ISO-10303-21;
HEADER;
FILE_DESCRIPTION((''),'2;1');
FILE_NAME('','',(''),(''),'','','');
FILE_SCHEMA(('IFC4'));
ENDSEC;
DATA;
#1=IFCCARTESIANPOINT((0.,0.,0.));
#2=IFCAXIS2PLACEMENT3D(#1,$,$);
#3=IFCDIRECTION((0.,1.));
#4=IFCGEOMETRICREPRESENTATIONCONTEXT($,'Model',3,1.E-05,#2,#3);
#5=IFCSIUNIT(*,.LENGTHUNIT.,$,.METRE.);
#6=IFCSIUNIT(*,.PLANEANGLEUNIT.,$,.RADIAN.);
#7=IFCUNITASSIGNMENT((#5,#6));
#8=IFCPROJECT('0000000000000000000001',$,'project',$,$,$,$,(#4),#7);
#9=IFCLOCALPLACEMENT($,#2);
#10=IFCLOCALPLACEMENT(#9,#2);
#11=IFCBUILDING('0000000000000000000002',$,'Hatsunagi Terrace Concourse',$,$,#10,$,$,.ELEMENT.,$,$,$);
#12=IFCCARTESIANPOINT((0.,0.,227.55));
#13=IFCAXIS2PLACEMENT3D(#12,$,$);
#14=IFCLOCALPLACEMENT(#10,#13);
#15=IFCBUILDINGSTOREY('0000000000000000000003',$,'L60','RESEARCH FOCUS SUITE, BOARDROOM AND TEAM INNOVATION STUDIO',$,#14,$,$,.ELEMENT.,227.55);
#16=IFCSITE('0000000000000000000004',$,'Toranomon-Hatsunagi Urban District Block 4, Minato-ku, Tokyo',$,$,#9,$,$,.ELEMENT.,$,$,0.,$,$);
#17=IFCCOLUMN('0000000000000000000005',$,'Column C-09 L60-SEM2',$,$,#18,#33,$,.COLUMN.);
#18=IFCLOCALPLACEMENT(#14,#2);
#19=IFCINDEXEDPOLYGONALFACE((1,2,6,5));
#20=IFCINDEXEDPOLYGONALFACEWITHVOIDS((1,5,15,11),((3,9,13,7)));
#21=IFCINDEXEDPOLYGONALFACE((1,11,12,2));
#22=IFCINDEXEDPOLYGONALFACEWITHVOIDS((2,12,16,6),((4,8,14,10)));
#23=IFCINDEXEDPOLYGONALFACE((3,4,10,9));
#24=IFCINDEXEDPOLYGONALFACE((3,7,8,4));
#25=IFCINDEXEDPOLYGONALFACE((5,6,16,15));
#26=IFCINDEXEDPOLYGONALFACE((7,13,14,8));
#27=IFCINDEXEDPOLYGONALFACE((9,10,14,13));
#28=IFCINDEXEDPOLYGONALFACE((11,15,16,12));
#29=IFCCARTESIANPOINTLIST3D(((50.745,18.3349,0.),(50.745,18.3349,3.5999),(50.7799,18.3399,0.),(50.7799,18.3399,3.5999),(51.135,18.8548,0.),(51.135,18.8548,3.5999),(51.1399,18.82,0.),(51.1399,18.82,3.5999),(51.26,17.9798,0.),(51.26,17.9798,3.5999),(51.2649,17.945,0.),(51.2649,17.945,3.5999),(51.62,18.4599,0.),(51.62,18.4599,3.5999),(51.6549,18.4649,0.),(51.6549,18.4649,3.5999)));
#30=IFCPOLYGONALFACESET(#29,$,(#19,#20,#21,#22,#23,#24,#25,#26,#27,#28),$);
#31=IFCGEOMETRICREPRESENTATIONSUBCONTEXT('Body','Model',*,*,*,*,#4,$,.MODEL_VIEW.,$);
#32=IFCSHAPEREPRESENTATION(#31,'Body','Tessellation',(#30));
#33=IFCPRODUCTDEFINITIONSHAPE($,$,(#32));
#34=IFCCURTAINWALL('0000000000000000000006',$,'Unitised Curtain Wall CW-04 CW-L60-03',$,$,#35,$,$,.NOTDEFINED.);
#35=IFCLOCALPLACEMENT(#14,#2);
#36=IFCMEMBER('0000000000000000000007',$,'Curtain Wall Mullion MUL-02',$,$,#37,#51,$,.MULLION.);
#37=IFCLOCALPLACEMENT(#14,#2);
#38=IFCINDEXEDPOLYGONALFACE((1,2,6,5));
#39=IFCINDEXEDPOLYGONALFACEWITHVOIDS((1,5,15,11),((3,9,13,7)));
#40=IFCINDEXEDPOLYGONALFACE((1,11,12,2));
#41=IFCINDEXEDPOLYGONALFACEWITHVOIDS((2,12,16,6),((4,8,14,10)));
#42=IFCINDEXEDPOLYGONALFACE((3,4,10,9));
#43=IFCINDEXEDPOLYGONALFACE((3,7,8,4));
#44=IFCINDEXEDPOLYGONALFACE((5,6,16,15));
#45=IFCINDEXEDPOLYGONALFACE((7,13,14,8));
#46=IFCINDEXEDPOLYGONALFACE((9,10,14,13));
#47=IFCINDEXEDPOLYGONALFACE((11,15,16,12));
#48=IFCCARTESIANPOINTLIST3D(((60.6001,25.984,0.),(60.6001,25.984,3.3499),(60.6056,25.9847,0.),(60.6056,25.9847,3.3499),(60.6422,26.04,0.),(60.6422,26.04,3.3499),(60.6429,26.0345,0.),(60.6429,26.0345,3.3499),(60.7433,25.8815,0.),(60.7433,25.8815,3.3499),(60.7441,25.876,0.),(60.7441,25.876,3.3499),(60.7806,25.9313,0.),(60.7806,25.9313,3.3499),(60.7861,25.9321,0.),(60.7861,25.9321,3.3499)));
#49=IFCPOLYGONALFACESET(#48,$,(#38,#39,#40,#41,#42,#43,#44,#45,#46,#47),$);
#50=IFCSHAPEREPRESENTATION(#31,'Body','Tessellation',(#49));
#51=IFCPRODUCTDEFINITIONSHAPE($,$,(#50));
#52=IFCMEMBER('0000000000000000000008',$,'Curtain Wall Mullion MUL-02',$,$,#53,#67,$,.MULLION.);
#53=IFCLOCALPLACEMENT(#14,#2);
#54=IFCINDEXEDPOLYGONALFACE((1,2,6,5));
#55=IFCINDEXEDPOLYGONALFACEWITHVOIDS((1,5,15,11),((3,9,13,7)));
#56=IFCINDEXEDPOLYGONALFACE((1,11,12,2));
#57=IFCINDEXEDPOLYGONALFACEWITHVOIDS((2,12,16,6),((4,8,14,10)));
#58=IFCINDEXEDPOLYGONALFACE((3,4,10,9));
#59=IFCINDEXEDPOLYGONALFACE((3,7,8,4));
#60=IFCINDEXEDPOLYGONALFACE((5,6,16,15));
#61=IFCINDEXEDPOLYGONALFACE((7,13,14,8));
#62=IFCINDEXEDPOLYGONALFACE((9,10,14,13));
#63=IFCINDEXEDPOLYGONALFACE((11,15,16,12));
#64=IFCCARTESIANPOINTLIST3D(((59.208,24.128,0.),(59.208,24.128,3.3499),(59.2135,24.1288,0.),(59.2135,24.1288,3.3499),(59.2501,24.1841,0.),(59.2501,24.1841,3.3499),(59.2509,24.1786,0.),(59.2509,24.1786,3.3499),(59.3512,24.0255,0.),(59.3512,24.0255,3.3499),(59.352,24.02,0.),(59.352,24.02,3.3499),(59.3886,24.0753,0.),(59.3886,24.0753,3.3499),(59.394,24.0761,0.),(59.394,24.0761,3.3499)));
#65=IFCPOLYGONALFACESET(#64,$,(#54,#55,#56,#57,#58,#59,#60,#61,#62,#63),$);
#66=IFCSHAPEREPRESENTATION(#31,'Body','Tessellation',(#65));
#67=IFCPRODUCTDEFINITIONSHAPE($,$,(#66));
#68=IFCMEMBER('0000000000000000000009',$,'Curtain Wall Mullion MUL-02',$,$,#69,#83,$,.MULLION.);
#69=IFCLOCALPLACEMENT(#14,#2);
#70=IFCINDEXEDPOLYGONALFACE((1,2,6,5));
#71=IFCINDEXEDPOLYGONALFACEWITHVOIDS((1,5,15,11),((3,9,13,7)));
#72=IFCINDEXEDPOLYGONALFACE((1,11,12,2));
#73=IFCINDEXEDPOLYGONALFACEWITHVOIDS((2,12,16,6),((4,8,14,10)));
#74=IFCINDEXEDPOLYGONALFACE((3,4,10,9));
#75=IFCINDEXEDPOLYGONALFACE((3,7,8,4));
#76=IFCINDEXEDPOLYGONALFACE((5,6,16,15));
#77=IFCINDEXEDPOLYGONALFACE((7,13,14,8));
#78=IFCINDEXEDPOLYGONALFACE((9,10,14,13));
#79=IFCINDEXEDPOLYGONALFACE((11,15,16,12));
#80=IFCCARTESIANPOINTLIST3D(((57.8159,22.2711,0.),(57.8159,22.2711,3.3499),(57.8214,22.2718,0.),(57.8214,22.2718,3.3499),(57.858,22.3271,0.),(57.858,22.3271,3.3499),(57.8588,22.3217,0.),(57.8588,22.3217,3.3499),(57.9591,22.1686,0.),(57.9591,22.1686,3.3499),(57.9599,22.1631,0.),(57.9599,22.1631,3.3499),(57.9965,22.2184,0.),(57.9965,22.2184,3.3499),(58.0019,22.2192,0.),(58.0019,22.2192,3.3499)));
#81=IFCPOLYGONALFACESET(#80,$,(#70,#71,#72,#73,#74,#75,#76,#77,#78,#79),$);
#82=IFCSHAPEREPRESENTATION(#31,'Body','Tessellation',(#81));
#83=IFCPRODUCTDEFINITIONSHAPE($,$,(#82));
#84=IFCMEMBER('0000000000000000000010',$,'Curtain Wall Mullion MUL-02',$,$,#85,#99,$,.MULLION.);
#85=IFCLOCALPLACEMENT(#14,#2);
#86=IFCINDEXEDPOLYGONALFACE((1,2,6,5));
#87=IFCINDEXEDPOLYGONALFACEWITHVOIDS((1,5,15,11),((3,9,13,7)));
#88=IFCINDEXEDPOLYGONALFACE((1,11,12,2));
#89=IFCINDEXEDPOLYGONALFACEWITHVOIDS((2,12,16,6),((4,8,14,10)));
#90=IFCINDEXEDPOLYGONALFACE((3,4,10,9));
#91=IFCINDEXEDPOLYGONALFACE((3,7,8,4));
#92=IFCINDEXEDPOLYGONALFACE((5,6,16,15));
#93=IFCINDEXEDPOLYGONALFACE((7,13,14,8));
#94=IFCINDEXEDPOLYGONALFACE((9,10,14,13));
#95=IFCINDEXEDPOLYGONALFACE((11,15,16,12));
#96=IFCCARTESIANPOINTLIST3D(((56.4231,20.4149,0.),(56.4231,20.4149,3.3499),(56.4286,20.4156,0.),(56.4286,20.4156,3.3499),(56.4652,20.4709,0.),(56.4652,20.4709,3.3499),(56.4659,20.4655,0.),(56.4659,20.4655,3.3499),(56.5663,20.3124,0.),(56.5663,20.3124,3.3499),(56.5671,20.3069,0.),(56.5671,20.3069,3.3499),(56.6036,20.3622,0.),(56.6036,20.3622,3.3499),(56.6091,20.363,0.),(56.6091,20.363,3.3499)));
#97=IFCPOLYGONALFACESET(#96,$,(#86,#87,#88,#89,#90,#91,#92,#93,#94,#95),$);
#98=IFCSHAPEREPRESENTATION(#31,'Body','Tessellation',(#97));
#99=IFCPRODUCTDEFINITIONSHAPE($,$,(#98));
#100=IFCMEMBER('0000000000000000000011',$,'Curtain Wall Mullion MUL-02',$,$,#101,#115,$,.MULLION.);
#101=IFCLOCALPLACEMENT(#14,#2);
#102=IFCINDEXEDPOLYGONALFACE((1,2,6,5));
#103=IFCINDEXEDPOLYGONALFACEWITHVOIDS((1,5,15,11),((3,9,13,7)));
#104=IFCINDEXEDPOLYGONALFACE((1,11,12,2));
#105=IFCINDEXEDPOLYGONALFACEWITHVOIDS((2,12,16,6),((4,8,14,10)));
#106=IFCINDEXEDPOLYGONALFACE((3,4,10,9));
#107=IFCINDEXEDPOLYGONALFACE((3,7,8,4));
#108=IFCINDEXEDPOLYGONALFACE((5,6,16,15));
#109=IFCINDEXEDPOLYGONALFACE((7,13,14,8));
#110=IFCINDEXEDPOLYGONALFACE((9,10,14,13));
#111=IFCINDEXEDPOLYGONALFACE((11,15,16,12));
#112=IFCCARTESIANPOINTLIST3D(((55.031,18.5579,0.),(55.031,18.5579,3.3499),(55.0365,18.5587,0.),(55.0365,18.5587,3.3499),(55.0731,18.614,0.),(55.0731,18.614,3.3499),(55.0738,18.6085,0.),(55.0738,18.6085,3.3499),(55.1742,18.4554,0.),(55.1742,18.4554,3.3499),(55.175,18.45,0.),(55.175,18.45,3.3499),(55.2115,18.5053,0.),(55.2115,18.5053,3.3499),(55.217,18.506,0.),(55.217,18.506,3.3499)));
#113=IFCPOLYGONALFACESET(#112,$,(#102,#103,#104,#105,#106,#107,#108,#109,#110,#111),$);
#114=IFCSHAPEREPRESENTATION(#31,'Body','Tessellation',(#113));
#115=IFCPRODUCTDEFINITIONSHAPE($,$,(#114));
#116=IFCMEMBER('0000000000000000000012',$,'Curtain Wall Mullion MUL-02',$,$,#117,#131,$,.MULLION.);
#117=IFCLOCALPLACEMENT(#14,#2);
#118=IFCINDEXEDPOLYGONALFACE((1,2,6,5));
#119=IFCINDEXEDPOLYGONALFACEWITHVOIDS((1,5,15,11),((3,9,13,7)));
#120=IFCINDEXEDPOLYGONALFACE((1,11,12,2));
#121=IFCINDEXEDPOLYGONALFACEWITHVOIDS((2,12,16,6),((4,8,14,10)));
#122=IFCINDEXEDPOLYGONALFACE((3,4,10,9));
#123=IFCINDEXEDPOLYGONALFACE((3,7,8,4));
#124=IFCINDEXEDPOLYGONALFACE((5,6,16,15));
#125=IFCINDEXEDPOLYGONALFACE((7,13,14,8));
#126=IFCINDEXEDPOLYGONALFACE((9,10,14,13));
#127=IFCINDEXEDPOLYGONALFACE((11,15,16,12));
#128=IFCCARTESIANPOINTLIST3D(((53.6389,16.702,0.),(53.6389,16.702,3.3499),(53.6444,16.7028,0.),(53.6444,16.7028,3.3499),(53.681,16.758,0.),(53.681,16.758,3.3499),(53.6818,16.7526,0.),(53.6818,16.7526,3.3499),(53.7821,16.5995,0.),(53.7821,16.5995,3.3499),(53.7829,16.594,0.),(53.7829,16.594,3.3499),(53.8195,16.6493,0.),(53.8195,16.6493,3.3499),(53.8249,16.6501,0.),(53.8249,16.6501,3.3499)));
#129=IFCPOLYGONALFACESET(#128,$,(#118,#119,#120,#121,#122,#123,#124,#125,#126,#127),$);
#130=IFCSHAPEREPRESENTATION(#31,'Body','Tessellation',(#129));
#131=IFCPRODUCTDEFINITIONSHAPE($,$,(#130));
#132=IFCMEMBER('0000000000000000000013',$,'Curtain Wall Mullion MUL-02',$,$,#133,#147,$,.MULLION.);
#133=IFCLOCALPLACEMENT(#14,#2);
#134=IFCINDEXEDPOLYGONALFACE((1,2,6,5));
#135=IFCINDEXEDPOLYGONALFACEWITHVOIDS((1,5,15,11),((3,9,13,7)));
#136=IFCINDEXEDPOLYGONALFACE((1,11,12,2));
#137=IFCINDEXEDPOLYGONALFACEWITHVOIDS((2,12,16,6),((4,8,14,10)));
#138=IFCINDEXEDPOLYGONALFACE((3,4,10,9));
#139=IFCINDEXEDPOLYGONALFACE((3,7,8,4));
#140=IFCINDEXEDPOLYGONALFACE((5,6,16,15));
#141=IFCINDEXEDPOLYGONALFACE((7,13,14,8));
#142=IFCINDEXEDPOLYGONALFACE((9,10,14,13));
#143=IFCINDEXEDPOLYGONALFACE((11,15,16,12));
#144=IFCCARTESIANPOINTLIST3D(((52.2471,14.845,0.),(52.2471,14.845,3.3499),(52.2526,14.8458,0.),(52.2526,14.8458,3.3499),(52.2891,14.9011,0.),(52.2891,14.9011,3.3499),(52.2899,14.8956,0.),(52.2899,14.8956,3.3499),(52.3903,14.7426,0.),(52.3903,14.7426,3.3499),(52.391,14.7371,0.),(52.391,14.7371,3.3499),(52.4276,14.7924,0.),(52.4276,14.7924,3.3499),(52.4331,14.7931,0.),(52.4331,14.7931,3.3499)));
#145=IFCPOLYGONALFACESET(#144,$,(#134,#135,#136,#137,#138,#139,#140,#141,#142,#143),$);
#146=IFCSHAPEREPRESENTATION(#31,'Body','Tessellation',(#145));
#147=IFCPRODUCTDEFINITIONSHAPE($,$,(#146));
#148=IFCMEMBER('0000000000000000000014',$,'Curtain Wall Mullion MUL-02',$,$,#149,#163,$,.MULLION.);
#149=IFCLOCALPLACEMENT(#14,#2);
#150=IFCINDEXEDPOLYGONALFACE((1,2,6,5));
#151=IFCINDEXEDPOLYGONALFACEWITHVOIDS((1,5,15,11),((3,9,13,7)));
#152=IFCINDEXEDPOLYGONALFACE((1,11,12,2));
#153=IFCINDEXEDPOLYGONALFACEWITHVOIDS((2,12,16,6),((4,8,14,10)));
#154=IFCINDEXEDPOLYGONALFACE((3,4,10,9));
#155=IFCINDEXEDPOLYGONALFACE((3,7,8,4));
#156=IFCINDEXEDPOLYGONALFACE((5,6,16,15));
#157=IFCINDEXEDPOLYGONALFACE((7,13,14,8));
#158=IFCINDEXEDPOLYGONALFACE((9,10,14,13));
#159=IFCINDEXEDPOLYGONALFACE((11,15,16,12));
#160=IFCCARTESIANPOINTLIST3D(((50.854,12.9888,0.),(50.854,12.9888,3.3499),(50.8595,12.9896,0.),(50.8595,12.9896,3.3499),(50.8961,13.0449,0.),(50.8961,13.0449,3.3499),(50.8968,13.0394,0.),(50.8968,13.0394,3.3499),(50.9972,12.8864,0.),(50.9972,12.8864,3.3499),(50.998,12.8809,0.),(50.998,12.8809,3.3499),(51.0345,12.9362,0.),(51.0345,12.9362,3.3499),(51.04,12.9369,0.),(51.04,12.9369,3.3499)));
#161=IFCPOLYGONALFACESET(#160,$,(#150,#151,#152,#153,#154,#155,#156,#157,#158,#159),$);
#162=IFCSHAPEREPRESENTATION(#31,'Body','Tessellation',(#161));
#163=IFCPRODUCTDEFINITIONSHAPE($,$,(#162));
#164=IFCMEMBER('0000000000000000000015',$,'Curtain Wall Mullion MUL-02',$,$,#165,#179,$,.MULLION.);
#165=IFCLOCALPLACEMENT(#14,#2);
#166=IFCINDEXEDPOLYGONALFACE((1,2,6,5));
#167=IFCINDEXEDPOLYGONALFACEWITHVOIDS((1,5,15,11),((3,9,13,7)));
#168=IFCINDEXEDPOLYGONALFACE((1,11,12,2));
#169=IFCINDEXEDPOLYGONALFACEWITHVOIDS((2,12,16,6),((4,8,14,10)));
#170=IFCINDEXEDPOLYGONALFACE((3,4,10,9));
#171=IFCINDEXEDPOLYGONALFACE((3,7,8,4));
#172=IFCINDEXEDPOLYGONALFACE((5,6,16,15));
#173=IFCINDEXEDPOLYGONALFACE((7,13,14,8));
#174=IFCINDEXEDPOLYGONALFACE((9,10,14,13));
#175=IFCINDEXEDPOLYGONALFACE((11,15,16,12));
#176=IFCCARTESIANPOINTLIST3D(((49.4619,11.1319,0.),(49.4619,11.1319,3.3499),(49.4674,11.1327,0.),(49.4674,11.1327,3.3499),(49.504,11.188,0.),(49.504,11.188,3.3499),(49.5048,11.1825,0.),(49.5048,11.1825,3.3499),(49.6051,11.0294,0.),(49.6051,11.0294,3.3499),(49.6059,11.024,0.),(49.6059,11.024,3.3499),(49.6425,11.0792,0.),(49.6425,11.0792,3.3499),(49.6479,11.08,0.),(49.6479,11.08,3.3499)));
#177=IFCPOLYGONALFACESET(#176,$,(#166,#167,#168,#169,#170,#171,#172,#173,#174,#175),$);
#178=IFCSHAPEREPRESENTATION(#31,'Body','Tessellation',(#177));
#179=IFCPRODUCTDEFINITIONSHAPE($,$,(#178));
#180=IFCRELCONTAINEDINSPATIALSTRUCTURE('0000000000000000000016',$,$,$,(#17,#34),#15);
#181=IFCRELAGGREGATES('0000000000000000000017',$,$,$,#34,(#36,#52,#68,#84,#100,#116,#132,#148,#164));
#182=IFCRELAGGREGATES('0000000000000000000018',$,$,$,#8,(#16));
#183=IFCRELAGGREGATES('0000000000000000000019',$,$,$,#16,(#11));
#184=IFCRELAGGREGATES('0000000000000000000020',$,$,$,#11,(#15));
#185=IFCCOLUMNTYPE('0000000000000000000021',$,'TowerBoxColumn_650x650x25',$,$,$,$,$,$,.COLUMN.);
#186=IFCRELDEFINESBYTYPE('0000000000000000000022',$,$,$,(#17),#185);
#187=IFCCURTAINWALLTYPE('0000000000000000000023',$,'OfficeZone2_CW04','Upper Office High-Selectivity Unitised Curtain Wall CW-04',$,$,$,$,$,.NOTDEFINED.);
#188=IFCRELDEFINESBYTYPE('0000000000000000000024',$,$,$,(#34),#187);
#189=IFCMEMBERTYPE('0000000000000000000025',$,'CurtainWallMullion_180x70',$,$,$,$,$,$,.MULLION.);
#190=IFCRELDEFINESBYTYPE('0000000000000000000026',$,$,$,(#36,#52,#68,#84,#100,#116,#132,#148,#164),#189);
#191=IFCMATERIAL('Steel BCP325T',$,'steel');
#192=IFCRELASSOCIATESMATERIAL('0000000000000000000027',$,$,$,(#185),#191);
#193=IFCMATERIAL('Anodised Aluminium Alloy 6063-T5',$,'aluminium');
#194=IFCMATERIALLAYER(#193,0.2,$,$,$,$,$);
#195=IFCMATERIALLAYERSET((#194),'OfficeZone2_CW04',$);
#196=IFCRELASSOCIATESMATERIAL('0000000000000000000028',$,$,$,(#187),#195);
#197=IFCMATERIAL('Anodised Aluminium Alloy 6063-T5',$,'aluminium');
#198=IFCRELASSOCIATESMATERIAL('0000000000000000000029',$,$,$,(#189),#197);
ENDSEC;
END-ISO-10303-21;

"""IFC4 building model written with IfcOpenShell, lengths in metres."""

from ifc_helpers import new_model, si_unit, direction, frame, origin, origin_2d, place, context, subcontext, project, spatial, hollow_rectangle, extrude, material, layer, layer_set, material_profile, profile_set, type_object, element, aggregate, save


model = new_model("IFC4")

# Units and contexts
model_context = context("Model", 3, precision=1e-05, world=origin(), true_north=direction((0.0, 1.0)))
body_context = subcontext(model_context, "Body", "Model", "MODEL_VIEW")
ifc_project = project(units=[si_unit("LENGTHUNIT", "METRE"), si_unit("PLANEANGLEUNIT", "RADIAN")], contexts=[model_context])

# Site, building, storey
site_placement = place(None, origin())
site = spatial("IfcSite", under=ifc_project, at=site_placement, Name="Toranomon-Hatsunagi Urban District Block 4, Minato-ku, Tokyo", CompositionType="ELEMENT", RefElevation=0.0)
building_placement = place(site_placement, origin())
building = spatial("IfcBuilding", under=site, at=building_placement, Name="Hatsunagi Terrace Concourse", CompositionType="ELEMENT")
storey_placement = place(building_placement, frame((0.0, 0.0, 227.55)))
storey = spatial("IfcBuildingStorey", under=building, at=storey_placement, Name="L60", Description="RESEARCH FOCUS SUITE, BOARDROOM AND TEAM INNOVATION STUDIO", CompositionType="ELEMENT", Elevation=227.55)

# Column
ifc_material_1 = material(Name="Steel BCP325T", Category="steel")
ifc_material_profile_1 = material_profile(ifc_material_1, hollow_rectangle(XDim=0.6499, YDim=0.6499, WallThickness=0.0249, at=origin_2d()), Name="BCP-650x650x25")
ifc_profile_set_1 = profile_set([ifc_material_profile_1], Name="Steel BCP325T")
column_type = type_object("IfcColumnType", Name="TowerBoxColumn_650x650x25", PredefinedType="COLUMN", material=ifc_profile_set_1)
column_placement = place(storey_placement, frame((51.2, 18.3999, 0.0), z_axis=(0.0, 0.0, 1.0), x_axis=(0.8, -0.6, 0.0)))
element("IfcColumn", 1, at=column_placement, inside=storey, type_object=column_type, Name="Column C-09 L60-SEM2", PredefinedType="COLUMN", context=body_context, shape_type="SweptSolid", body=[
    extrude(hollow_rectangle(XDim=0.6499, YDim=0.6499, WallThickness=0.0249, at=origin_2d()), origin(), (0.0, 0.0, 1.0), 3.5999),
])

# Curtain wall, members
ifc_material_2 = material(Name="Anodised Aluminium Alloy 6063-T5", Category="aluminium")
ifc_layer_1 = layer(ifc_material_2, 0.2)
ifc_layer_set_1 = layer_set([ifc_layer_1], Name="OfficeZone2_CW04")
curtain_wall_type = type_object("IfcCurtainWallType", Name="OfficeZone2_CW04", Description="Upper Office High-Selectivity Unitised Curtain Wall CW-04", PredefinedType="NOTDEFINED", material=ifc_layer_set_1)
curtain_wall_placement = place(storey_placement, origin())
curtain_wall = element("IfcCurtainWall", 2, at=curtain_wall_placement, inside=storey, type_object=curtain_wall_type, Name="Unitised Curtain Wall CW-04 CW-L60-03", PredefinedType="NOTDEFINED")
ifc_material_3 = material(Name="Anodised Aluminium Alloy 6063-T5", Category="aluminium")
ifc_material_profile_2 = material_profile(ifc_material_3, hollow_rectangle(XDim=0.0701, YDim=0.1799, WallThickness=0.0039, at=origin_2d()), Name="ALU-MUL-180x70x4")
ifc_profile_set_2 = profile_set([ifc_material_profile_2], Name="Anodised Aluminium Alloy 6063-T5")
member_type_1 = type_object("IfcMemberType", Name="CurtainWallMullion_180x70", PredefinedType="MULLION", material=ifc_profile_set_2)
member_1_placement = place(storey_placement, frame((60.6931, 25.958, 0.0), z_axis=(0.0, 0.0, 1.0), x_axis=(-0.599969, -0.800023, 0.0)))
member_1 = element("IfcMember", 3, at=member_1_placement, type_object=member_type_1, Name="Curtain Wall Mullion MUL-02", PredefinedType="MULLION", context=body_context, shape_type="SweptSolid", body=[
    extrude(hollow_rectangle(XDim=0.0701, YDim=0.1799, WallThickness=0.0039, at=origin_2d()), origin(), (0.0, 0.0, 1.0), 3.3499),
])
member_2_placement = place(storey_placement, frame((59.301, 24.1021, 0.0), z_axis=(0.0, 0.0, 1.0), x_axis=(-0.599969, -0.800023, 0.0)))
member_2 = element("IfcMember", 4, at=member_2_placement, type_object=member_type_1, Name="Curtain Wall Mullion MUL-02", PredefinedType="MULLION", context=body_context, shape_type="SweptSolid", body=[
    extrude(hollow_rectangle(XDim=0.0701, YDim=0.1799, WallThickness=0.0039, at=origin_2d()), origin(), (0.0, 0.0, 1.0), 3.3499),
])
member_3_placement = place(storey_placement, frame((57.9089, 22.2451, 0.0), z_axis=(0.0, 0.0, 1.0), x_axis=(-0.599969, -0.800023, 0.0)))
member_3 = element("IfcMember", 5, at=member_3_placement, type_object=member_type_1, Name="Curtain Wall Mullion MUL-02", PredefinedType="MULLION", context=body_context, shape_type="SweptSolid", body=[
    extrude(hollow_rectangle(XDim=0.0701, YDim=0.1799, WallThickness=0.0039, at=origin_2d()), origin(), (0.0, 0.0, 1.0), 3.3499),
])
member_4_placement = place(storey_placement, frame((56.5161, 20.3889, 0.0), z_axis=(0.0, 0.0, 1.0), x_axis=(-0.599969, -0.800023, 0.0)))
member_4 = element("IfcMember", 6, at=member_4_placement, type_object=member_type_1, Name="Curtain Wall Mullion MUL-02", PredefinedType="MULLION", context=body_context, shape_type="SweptSolid", body=[
    extrude(hollow_rectangle(XDim=0.0701, YDim=0.1799, WallThickness=0.0039, at=origin_2d()), origin(), (0.0, 0.0, 1.0), 3.3499),
])
member_5_placement = place(storey_placement, frame((55.124, 18.532, 0.0), z_axis=(0.0, 0.0, 1.0), x_axis=(-0.599969, -0.800023, 0.0)))
member_5 = element("IfcMember", 7, at=member_5_placement, type_object=member_type_1, Name="Curtain Wall Mullion MUL-02", PredefinedType="MULLION", context=body_context, shape_type="SweptSolid", body=[
    extrude(hollow_rectangle(XDim=0.0701, YDim=0.1799, WallThickness=0.0039, at=origin_2d()), origin(), (0.0, 0.0, 1.0), 3.3499),
])
member_6_placement = place(storey_placement, frame((53.7319, 16.676, 0.0), z_axis=(0.0, 0.0, 1.0), x_axis=(-0.599969, -0.800023, 0.0)))
member_6 = element("IfcMember", 8, at=member_6_placement, type_object=member_type_1, Name="Curtain Wall Mullion MUL-02", PredefinedType="MULLION", context=body_context, shape_type="SweptSolid", body=[
    extrude(hollow_rectangle(XDim=0.0701, YDim=0.1799, WallThickness=0.0039, at=origin_2d()), origin(), (0.0, 0.0, 1.0), 3.3499),
])
member_7_placement = place(storey_placement, frame((52.3401, 14.8191, 0.0), z_axis=(0.0, 0.0, 1.0), x_axis=(-0.599969, -0.800023, 0.0)))
member_7 = element("IfcMember", 9, at=member_7_placement, type_object=member_type_1, Name="Curtain Wall Mullion MUL-02", PredefinedType="MULLION", context=body_context, shape_type="SweptSolid", body=[
    extrude(hollow_rectangle(XDim=0.0701, YDim=0.1799, WallThickness=0.0039, at=origin_2d()), origin(), (0.0, 0.0, 1.0), 3.3499),
])
member_8_placement = place(storey_placement, frame((50.947, 12.9629, 0.0), z_axis=(0.0, 0.0, 1.0), x_axis=(-0.599969, -0.800023, 0.0)))
member_8 = element("IfcMember", 10, at=member_8_placement, type_object=member_type_1, Name="Curtain Wall Mullion MUL-02", PredefinedType="MULLION", context=body_context, shape_type="SweptSolid", body=[
    extrude(hollow_rectangle(XDim=0.0701, YDim=0.1799, WallThickness=0.0039, at=origin_2d()), origin(), (0.0, 0.0, 1.0), 3.3499),
])
member_9_placement = place(storey_placement, frame((49.5549, 11.106, 0.0), z_axis=(0.0, 0.0, 1.0), x_axis=(-0.599969, -0.800023, 0.0)))
member_9 = element("IfcMember", 11, at=member_9_placement, type_object=member_type_1, Name="Curtain Wall Mullion MUL-02", PredefinedType="MULLION", context=body_context, shape_type="SweptSolid", body=[
    extrude(hollow_rectangle(XDim=0.0701, YDim=0.1799, WallThickness=0.0039, at=origin_2d()), origin(), (0.0, 0.0, 1.0), 3.3499),
])

aggregate(curtain_wall, [member_1, member_2, member_3, member_4, member_5, member_6, member_7, member_8, member_9])

save(model, "model.ifc")
